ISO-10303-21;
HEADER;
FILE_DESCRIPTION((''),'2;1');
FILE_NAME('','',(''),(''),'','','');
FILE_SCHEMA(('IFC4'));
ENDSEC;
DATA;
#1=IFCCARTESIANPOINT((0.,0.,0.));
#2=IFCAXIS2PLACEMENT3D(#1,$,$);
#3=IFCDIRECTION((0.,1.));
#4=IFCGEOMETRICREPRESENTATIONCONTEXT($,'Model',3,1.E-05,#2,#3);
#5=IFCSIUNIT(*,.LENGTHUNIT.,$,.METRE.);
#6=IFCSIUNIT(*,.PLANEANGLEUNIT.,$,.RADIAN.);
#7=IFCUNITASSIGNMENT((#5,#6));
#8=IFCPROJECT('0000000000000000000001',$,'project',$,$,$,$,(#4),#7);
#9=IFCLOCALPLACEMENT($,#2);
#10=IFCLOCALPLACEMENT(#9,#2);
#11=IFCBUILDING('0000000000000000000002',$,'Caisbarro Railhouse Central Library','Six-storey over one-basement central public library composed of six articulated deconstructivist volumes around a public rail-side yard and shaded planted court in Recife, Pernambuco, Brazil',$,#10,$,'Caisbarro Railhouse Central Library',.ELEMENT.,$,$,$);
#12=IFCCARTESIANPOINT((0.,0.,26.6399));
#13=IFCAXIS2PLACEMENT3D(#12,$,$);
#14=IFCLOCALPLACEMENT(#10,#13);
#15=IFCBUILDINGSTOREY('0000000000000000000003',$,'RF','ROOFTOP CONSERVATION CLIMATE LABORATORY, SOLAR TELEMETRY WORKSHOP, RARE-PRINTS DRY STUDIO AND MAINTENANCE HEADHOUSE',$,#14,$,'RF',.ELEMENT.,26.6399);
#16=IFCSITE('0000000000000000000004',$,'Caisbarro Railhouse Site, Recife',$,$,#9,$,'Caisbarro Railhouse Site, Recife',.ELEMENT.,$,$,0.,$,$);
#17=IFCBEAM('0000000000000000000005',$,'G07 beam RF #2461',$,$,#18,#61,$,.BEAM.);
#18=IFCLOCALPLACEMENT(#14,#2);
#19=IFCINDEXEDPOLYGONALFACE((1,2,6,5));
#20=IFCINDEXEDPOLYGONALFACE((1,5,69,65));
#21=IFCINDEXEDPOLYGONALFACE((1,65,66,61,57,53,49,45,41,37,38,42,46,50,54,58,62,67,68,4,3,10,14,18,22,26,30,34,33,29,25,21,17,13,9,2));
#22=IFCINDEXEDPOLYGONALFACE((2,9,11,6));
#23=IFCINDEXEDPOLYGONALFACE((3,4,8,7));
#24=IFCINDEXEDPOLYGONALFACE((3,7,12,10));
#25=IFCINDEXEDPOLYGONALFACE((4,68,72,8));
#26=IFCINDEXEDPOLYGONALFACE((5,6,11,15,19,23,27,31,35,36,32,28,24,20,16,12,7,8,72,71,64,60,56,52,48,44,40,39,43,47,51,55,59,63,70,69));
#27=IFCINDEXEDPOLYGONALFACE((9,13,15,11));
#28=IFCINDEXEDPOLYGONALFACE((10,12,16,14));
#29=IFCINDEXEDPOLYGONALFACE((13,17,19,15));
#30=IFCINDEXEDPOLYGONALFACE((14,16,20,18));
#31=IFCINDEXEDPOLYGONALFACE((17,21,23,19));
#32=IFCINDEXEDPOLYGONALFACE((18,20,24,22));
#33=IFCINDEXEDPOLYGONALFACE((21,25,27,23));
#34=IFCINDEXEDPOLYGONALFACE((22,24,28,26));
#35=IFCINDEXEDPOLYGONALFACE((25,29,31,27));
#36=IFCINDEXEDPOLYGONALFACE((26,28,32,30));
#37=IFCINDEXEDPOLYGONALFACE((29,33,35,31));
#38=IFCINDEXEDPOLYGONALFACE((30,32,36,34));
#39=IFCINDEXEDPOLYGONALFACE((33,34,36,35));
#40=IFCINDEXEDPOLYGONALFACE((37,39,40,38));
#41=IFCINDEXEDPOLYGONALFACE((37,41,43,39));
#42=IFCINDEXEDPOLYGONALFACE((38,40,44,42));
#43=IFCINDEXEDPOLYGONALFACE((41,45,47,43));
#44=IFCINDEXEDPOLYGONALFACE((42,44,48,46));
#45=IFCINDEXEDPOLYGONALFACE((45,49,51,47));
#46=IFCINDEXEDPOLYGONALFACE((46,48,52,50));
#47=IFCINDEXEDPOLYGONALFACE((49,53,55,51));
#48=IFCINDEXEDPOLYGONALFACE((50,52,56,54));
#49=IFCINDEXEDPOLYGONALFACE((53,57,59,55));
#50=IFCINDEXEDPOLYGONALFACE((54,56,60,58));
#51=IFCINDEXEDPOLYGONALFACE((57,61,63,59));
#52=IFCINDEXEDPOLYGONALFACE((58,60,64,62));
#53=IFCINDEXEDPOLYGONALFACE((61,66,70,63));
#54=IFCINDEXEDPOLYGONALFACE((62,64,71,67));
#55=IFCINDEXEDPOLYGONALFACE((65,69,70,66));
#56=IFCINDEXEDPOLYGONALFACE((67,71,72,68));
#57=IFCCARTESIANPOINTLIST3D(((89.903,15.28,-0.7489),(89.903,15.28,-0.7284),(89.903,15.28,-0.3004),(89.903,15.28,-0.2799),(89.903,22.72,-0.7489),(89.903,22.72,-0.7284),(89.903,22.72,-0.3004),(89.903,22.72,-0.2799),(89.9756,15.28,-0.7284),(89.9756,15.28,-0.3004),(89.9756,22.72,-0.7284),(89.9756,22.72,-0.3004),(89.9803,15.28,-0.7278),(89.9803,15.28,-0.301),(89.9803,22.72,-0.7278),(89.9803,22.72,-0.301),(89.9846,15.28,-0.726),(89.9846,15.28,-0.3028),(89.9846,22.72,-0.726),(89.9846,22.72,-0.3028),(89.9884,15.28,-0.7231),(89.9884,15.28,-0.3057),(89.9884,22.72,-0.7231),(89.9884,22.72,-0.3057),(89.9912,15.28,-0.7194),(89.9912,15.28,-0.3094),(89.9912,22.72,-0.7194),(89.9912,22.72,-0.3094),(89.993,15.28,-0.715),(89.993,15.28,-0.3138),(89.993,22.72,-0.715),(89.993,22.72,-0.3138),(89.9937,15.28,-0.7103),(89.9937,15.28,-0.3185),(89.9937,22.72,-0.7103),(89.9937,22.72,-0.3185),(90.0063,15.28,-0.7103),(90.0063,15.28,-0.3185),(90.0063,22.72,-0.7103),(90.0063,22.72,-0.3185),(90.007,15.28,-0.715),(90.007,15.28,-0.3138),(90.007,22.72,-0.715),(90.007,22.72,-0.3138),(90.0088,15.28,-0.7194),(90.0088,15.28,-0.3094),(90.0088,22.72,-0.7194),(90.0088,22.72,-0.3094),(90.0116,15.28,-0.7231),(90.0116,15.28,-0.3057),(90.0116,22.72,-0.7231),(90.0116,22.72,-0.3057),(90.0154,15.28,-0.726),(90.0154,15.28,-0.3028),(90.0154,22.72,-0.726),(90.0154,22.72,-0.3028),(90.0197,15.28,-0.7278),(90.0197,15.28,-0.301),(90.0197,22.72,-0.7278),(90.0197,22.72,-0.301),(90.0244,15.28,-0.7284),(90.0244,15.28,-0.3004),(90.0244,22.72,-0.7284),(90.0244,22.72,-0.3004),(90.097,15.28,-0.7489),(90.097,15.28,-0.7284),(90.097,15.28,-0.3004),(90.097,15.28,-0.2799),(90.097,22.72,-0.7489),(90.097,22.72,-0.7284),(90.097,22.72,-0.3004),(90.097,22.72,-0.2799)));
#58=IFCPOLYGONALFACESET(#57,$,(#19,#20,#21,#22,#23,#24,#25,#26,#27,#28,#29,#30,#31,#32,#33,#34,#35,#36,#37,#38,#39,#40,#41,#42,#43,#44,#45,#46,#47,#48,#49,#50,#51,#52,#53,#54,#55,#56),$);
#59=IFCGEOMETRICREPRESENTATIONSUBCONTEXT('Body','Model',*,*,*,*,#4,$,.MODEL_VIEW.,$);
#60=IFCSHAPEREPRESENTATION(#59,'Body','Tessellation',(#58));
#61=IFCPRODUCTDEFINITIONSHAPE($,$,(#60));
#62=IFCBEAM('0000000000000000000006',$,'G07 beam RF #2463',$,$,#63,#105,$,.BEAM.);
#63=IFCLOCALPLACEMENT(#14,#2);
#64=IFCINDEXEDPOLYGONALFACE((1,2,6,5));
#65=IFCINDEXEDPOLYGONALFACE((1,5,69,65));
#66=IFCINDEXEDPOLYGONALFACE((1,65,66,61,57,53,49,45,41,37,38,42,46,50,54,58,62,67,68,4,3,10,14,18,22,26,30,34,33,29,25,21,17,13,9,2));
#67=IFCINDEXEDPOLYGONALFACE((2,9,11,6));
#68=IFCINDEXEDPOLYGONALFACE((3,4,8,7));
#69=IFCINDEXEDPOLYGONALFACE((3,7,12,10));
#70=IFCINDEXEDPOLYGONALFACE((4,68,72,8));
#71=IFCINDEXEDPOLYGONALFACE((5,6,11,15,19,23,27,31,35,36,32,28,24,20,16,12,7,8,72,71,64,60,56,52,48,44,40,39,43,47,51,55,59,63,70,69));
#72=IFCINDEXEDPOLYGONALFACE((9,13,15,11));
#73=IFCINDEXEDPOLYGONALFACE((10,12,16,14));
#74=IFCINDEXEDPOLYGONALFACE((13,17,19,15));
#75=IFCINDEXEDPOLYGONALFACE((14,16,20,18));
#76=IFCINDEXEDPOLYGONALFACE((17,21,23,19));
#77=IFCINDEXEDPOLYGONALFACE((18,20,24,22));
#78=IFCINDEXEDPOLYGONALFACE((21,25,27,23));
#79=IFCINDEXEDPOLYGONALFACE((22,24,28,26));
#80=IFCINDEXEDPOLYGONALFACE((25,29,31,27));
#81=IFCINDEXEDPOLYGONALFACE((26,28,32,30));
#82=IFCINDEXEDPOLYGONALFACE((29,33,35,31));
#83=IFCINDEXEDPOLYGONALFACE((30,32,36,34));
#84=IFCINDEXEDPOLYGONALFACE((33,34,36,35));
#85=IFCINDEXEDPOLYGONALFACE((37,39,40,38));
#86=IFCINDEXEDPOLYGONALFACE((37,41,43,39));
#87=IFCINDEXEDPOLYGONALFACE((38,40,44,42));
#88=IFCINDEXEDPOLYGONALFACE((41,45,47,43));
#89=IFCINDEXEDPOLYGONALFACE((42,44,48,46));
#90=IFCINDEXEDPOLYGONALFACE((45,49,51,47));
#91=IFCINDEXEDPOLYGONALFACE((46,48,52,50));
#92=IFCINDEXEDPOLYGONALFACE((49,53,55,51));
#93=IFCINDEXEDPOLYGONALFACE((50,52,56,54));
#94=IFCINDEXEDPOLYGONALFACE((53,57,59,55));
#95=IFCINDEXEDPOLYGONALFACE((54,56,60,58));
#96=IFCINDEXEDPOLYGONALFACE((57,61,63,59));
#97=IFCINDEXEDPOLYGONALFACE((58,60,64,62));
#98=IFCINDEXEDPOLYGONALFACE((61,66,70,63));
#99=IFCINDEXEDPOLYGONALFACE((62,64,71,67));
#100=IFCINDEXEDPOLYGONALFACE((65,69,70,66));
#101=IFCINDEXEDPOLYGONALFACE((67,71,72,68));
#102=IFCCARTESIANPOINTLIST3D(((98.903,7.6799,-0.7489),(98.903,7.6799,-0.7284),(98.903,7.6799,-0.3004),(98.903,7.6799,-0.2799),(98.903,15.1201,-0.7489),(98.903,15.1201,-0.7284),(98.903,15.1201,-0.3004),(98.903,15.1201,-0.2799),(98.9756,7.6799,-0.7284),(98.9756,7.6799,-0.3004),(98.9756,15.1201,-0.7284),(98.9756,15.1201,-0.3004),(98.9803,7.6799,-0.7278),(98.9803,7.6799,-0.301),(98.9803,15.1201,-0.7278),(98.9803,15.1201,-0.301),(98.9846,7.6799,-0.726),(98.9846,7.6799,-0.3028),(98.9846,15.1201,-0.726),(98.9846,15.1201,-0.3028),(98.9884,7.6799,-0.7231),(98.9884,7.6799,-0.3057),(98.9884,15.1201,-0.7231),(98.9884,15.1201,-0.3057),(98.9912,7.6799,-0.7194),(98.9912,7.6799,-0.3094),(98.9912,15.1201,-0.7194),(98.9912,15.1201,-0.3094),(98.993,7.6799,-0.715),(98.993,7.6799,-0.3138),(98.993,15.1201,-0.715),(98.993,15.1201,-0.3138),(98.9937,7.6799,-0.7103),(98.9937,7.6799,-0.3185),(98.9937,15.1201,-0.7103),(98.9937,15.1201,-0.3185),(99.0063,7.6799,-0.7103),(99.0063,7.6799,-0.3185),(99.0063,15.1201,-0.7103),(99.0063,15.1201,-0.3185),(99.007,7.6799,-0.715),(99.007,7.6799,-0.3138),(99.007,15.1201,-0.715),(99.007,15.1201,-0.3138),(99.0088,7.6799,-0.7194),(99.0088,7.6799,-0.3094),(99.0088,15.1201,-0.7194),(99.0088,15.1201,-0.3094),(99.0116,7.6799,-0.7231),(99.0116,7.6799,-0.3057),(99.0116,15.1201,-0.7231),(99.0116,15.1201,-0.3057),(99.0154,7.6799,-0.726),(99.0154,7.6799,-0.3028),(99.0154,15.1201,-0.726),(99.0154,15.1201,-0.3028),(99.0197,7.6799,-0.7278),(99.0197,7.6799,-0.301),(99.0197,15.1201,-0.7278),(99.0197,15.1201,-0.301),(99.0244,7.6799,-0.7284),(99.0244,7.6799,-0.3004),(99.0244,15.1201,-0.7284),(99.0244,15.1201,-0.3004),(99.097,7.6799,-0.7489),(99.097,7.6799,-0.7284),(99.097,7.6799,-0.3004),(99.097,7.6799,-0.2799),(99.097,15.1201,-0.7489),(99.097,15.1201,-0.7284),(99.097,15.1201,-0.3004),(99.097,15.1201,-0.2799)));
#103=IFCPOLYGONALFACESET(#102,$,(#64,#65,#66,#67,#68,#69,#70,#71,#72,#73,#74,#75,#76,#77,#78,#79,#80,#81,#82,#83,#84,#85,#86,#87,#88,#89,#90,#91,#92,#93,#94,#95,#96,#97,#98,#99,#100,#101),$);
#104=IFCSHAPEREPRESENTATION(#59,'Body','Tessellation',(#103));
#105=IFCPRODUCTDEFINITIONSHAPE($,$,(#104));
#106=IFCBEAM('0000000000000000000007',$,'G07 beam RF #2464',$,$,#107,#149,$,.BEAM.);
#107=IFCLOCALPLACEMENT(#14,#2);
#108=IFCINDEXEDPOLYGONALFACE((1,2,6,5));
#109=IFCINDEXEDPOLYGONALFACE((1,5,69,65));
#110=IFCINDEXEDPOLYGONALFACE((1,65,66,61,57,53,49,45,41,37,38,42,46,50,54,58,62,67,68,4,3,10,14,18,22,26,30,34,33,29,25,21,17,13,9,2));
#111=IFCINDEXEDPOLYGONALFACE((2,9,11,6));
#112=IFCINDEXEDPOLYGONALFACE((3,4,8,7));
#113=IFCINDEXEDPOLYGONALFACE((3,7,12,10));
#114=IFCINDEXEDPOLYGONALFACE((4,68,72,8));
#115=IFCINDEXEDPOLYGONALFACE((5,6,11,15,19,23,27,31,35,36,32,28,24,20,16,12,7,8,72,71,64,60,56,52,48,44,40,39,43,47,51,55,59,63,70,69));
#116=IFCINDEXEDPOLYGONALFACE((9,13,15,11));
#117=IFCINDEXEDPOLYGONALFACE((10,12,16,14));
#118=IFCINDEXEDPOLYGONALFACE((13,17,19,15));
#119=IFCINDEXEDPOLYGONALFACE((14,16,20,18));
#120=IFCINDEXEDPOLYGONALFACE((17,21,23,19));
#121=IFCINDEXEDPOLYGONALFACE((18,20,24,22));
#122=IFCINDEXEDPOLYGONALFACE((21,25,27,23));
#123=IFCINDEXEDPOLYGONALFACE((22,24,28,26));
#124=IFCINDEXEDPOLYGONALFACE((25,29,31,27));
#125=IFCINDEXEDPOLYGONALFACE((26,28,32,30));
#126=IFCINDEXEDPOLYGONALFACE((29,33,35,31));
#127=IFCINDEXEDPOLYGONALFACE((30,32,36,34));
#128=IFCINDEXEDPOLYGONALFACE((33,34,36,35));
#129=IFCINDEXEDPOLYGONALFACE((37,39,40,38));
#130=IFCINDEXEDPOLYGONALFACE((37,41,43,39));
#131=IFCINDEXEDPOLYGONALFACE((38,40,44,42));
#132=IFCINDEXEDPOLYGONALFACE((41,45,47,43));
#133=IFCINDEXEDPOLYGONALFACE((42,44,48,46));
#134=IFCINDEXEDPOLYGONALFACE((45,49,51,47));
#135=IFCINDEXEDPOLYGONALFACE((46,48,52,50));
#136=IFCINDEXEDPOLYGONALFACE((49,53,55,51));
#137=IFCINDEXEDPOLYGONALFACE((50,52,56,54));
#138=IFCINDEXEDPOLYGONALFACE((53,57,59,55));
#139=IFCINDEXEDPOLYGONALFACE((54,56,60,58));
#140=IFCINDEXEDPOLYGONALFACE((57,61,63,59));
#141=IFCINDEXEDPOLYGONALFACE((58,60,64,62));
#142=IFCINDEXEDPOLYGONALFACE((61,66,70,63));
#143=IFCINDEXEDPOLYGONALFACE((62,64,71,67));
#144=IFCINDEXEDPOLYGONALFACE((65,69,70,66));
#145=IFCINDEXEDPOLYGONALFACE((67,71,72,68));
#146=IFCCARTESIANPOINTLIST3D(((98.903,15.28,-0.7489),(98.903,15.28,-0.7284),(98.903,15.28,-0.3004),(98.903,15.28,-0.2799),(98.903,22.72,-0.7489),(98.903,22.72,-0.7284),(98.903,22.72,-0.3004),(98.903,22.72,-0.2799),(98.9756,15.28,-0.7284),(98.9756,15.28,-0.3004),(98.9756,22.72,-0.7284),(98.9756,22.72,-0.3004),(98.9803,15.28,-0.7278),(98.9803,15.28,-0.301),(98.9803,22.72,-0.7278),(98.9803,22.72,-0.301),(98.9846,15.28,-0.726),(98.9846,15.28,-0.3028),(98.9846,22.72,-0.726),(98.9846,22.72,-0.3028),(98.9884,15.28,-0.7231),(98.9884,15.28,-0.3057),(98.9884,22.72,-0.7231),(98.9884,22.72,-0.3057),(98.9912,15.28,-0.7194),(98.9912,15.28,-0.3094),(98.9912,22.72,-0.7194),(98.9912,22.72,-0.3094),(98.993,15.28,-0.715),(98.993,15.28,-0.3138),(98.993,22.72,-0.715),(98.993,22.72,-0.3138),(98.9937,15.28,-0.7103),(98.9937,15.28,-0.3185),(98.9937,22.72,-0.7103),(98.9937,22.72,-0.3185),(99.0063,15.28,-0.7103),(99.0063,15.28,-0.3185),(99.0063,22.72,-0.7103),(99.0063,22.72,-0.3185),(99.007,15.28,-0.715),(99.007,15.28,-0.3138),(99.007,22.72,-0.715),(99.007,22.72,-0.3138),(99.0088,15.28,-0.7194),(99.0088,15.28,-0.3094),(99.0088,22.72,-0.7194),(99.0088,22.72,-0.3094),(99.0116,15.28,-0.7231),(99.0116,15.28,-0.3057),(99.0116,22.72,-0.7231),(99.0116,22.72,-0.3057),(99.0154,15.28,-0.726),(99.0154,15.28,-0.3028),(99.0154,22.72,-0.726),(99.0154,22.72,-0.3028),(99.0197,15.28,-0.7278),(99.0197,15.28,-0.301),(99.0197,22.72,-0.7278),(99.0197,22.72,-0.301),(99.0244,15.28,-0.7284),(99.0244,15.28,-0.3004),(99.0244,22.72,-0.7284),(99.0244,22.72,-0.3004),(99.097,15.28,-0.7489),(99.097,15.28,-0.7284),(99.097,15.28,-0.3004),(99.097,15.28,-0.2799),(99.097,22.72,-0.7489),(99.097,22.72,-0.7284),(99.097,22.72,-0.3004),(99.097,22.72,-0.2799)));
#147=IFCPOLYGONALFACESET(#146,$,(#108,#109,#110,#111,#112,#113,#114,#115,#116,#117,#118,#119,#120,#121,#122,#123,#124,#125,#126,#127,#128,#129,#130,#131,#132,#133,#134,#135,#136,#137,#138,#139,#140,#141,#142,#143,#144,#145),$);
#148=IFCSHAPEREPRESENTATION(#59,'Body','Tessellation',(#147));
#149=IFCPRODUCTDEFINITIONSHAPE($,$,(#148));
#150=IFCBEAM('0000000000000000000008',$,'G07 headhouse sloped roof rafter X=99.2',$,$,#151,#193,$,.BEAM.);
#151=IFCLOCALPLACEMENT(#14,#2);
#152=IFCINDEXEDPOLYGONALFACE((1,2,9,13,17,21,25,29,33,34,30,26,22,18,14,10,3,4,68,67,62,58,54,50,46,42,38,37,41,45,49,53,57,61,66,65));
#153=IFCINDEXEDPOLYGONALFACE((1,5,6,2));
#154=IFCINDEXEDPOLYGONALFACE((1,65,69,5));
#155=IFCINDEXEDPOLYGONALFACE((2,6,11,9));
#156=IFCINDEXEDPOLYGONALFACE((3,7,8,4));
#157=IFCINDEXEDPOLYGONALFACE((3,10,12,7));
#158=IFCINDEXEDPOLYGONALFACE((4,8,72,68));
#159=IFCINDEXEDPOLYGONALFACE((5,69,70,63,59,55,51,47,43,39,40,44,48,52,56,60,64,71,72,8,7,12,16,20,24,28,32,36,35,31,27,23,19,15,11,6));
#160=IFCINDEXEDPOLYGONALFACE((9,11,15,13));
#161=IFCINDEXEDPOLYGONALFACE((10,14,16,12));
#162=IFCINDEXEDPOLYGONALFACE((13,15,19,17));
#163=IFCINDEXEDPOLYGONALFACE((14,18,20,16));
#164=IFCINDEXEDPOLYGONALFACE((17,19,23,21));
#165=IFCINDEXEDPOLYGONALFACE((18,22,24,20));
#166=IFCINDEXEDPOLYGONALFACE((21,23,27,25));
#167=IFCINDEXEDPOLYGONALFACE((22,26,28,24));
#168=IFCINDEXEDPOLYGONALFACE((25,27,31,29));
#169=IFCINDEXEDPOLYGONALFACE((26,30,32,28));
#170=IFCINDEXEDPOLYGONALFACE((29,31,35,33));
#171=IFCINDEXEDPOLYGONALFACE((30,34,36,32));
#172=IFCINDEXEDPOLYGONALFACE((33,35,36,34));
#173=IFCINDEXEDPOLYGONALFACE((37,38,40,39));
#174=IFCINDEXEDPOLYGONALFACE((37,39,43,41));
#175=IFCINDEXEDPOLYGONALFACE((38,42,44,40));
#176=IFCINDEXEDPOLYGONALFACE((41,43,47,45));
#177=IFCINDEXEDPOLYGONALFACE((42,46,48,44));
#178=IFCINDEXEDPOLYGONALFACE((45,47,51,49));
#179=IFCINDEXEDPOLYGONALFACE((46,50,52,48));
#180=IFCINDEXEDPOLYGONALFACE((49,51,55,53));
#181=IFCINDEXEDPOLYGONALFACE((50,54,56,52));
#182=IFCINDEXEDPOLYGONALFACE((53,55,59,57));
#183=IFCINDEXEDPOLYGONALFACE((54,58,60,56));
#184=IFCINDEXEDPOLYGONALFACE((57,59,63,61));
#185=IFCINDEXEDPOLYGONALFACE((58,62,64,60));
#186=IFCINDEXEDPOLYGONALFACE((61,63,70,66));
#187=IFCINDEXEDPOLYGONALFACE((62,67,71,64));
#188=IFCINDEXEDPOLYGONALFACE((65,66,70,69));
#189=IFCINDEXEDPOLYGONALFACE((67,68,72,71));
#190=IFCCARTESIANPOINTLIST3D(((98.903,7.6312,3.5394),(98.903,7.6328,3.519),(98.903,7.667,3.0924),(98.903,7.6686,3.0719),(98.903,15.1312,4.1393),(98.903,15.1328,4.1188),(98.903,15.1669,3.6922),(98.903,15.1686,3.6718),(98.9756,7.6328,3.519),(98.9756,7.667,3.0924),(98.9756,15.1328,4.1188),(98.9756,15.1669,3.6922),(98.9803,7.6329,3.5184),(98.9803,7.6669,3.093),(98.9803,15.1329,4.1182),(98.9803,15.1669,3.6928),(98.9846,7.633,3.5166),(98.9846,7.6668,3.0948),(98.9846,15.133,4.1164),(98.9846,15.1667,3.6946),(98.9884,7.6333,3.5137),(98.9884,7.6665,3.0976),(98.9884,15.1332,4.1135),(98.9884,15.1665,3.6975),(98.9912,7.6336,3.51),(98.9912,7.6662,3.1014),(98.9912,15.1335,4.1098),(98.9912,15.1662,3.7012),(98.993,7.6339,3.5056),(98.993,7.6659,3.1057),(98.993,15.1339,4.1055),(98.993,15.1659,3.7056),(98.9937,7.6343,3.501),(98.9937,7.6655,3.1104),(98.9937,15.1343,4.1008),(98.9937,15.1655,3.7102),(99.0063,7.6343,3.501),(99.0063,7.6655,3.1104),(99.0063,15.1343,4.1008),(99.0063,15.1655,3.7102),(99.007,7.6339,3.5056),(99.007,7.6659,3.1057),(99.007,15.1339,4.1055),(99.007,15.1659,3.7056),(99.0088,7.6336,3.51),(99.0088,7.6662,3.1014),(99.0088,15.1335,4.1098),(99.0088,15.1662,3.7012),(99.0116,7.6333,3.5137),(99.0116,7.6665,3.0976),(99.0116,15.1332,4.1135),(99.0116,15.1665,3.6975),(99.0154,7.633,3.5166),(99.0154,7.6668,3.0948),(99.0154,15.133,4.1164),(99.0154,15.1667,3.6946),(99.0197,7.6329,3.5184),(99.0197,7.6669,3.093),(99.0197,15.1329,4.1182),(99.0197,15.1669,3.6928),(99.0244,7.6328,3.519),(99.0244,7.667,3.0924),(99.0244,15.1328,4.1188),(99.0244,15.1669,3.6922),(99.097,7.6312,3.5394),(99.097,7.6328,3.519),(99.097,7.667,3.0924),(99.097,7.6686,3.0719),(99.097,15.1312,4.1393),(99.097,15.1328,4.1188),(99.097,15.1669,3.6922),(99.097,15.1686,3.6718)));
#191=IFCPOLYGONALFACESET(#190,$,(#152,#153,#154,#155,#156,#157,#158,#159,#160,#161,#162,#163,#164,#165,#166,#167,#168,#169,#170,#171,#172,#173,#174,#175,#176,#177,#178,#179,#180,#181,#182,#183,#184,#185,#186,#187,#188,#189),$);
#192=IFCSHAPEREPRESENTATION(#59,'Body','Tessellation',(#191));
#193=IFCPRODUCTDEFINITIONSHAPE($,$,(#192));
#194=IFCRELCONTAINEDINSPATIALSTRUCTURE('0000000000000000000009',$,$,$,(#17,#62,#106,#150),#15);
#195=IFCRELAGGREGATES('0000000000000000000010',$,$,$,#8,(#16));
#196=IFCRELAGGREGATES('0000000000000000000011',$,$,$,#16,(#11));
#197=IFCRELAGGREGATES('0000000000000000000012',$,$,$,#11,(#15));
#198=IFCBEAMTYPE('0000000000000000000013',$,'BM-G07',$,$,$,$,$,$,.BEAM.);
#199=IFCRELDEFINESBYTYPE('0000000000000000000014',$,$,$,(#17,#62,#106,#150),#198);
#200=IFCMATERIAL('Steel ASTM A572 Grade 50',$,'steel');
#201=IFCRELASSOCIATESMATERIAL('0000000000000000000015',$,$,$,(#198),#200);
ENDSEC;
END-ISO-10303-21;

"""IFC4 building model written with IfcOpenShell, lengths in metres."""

from ifc_helpers import new_model, si_unit, direction, frame, origin, origin_2d, place, context, subcontext, project, spatial, i_section, extrude, material, material_profile, profile_set, type_object, element, save


model = new_model("IFC4")

# Units and contexts
model_context = context("Model", 3, precision=1e-05, world=origin(), true_north=direction((0.0, 1.0)))
body_context = subcontext(model_context, "Body", "Model", "MODEL_VIEW")
ifc_project = project(units=[si_unit("LENGTHUNIT", "METRE"), si_unit("PLANEANGLEUNIT", "RADIAN")], contexts=[model_context])

# Site, building, storey
site_placement = place(None, origin())
site = spatial("IfcSite", under=ifc_project, at=site_placement, Name="Caisbarro Railhouse Site, Recife", LongName="Caisbarro Railhouse Site, Recife", CompositionType="ELEMENT", RefElevation=0.0)
building_placement = place(site_placement, origin())
building = spatial("IfcBuilding", under=site, at=building_placement, Name="Caisbarro Railhouse Central Library", Description="Six-storey over one-basement central public library composed of six articulated deconstructivist volumes around a public rail-side yard and shaded planted court in Recife, Pernambuco, Brazil", LongName="Caisbarro Railhouse Central Library", CompositionType="ELEMENT")
storey_placement = place(building_placement, frame((0.0, 0.0, 26.6399)))
storey = spatial("IfcBuildingStorey", under=building, at=storey_placement, Name="RF", Description="ROOFTOP CONSERVATION CLIMATE LABORATORY, SOLAR TELEMETRY WORKSHOP, RARE-PRINTS DRY STUDIO AND MAINTENANCE HEADHOUSE", LongName="RF", CompositionType="ELEMENT", Elevation=26.6399)

# Shared definitions
ifc_material_1 = material(Name="Steel ASTM A572 Grade 50", Category="steel")

# Beams
ifc_material_profile_1 = material_profile(ifc_material_1, i_section(OverallWidth=0.1941, OverallDepth=0.469, WebThickness=0.0127, FlangeThickness=0.0205, FilletRadius=0.0181, at=origin_2d()), Name="W460X106.0")
ifc_profile_set_1 = profile_set([ifc_material_profile_1], Name="Steel ASTM A572 Grade 50")
beam_type_1 = type_object("IfcBeamType", Name="BM-G07", PredefinedType="BEAM", material=ifc_profile_set_1)
beam_1_placement = place(storey_placement, frame((90.0, 15.28, -0.5144), z_axis=(0.0, 1.0, 0.0), x_axis=(-1.0, 0.0, 0.0)))
element("IfcBeam", 1, at=beam_1_placement, inside=storey, type_object=beam_type_1, Name="G07 beam RF #2461", PredefinedType="BEAM", context=body_context, shape_type="SweptSolid", body=[
    extrude(i_section(OverallWidth=0.1941, OverallDepth=0.469, WebThickness=0.0127, FlangeThickness=0.0205, FilletRadius=0.0181, at=origin_2d()), origin(), (0.0, 0.0, 1.0), 7.4399),
])
beam_2_placement = place(storey_placement, frame((99.0, 7.6799, -0.5144), z_axis=(0.0, 1.0, 0.0), x_axis=(-1.0, 0.0, 0.0)))
element("IfcBeam", 2, at=beam_2_placement, inside=storey, type_object=beam_type_1, Name="G07 beam RF #2463", PredefinedType="BEAM", context=body_context, shape_type="SweptSolid", body=[
    extrude(i_section(OverallWidth=0.1941, OverallDepth=0.469, WebThickness=0.0127, FlangeThickness=0.0205, FilletRadius=0.0181, at=origin_2d()), origin(), (0.0, 0.0, 1.0), 7.4402),
])
beam_3_placement = place(storey_placement, frame((99.0, 15.28, -0.5144), z_axis=(0.0, 1.0, 0.0), x_axis=(-1.0, 0.0, 0.0)))
element("IfcBeam", 3, at=beam_3_placement, inside=storey, type_object=beam_type_1, Name="G07 beam RF #2464", PredefinedType="BEAM", context=body_context, shape_type="SweptSolid", body=[
    extrude(i_section(OverallWidth=0.1941, OverallDepth=0.469, WebThickness=0.0127, FlangeThickness=0.0205, FilletRadius=0.0181, at=origin_2d()), origin(), (0.0, 0.0, 1.0), 7.4399),
])
beam_4_placement = place(storey_placement, frame((99.0, 7.6499, 3.3057), z_axis=(0.0, 0.996817, 0.079726), x_axis=(-1.0, 0.0, 0.0)))
element("IfcBeam", 4, at=beam_4_placement, inside=storey, type_object=beam_type_1, Name="G07 headhouse sloped roof rafter X=99.2", PredefinedType="BEAM", context=body_context, shape_type="SweptSolid", body=[
    extrude(i_section(OverallWidth=0.1941, OverallDepth=0.469, WebThickness=0.0127, FlangeThickness=0.0205, FilletRadius=0.0181, at=origin_2d()), origin(), (0.0, 0.0, 1.0), 7.5239),
])

save(model, "model.ifc")
